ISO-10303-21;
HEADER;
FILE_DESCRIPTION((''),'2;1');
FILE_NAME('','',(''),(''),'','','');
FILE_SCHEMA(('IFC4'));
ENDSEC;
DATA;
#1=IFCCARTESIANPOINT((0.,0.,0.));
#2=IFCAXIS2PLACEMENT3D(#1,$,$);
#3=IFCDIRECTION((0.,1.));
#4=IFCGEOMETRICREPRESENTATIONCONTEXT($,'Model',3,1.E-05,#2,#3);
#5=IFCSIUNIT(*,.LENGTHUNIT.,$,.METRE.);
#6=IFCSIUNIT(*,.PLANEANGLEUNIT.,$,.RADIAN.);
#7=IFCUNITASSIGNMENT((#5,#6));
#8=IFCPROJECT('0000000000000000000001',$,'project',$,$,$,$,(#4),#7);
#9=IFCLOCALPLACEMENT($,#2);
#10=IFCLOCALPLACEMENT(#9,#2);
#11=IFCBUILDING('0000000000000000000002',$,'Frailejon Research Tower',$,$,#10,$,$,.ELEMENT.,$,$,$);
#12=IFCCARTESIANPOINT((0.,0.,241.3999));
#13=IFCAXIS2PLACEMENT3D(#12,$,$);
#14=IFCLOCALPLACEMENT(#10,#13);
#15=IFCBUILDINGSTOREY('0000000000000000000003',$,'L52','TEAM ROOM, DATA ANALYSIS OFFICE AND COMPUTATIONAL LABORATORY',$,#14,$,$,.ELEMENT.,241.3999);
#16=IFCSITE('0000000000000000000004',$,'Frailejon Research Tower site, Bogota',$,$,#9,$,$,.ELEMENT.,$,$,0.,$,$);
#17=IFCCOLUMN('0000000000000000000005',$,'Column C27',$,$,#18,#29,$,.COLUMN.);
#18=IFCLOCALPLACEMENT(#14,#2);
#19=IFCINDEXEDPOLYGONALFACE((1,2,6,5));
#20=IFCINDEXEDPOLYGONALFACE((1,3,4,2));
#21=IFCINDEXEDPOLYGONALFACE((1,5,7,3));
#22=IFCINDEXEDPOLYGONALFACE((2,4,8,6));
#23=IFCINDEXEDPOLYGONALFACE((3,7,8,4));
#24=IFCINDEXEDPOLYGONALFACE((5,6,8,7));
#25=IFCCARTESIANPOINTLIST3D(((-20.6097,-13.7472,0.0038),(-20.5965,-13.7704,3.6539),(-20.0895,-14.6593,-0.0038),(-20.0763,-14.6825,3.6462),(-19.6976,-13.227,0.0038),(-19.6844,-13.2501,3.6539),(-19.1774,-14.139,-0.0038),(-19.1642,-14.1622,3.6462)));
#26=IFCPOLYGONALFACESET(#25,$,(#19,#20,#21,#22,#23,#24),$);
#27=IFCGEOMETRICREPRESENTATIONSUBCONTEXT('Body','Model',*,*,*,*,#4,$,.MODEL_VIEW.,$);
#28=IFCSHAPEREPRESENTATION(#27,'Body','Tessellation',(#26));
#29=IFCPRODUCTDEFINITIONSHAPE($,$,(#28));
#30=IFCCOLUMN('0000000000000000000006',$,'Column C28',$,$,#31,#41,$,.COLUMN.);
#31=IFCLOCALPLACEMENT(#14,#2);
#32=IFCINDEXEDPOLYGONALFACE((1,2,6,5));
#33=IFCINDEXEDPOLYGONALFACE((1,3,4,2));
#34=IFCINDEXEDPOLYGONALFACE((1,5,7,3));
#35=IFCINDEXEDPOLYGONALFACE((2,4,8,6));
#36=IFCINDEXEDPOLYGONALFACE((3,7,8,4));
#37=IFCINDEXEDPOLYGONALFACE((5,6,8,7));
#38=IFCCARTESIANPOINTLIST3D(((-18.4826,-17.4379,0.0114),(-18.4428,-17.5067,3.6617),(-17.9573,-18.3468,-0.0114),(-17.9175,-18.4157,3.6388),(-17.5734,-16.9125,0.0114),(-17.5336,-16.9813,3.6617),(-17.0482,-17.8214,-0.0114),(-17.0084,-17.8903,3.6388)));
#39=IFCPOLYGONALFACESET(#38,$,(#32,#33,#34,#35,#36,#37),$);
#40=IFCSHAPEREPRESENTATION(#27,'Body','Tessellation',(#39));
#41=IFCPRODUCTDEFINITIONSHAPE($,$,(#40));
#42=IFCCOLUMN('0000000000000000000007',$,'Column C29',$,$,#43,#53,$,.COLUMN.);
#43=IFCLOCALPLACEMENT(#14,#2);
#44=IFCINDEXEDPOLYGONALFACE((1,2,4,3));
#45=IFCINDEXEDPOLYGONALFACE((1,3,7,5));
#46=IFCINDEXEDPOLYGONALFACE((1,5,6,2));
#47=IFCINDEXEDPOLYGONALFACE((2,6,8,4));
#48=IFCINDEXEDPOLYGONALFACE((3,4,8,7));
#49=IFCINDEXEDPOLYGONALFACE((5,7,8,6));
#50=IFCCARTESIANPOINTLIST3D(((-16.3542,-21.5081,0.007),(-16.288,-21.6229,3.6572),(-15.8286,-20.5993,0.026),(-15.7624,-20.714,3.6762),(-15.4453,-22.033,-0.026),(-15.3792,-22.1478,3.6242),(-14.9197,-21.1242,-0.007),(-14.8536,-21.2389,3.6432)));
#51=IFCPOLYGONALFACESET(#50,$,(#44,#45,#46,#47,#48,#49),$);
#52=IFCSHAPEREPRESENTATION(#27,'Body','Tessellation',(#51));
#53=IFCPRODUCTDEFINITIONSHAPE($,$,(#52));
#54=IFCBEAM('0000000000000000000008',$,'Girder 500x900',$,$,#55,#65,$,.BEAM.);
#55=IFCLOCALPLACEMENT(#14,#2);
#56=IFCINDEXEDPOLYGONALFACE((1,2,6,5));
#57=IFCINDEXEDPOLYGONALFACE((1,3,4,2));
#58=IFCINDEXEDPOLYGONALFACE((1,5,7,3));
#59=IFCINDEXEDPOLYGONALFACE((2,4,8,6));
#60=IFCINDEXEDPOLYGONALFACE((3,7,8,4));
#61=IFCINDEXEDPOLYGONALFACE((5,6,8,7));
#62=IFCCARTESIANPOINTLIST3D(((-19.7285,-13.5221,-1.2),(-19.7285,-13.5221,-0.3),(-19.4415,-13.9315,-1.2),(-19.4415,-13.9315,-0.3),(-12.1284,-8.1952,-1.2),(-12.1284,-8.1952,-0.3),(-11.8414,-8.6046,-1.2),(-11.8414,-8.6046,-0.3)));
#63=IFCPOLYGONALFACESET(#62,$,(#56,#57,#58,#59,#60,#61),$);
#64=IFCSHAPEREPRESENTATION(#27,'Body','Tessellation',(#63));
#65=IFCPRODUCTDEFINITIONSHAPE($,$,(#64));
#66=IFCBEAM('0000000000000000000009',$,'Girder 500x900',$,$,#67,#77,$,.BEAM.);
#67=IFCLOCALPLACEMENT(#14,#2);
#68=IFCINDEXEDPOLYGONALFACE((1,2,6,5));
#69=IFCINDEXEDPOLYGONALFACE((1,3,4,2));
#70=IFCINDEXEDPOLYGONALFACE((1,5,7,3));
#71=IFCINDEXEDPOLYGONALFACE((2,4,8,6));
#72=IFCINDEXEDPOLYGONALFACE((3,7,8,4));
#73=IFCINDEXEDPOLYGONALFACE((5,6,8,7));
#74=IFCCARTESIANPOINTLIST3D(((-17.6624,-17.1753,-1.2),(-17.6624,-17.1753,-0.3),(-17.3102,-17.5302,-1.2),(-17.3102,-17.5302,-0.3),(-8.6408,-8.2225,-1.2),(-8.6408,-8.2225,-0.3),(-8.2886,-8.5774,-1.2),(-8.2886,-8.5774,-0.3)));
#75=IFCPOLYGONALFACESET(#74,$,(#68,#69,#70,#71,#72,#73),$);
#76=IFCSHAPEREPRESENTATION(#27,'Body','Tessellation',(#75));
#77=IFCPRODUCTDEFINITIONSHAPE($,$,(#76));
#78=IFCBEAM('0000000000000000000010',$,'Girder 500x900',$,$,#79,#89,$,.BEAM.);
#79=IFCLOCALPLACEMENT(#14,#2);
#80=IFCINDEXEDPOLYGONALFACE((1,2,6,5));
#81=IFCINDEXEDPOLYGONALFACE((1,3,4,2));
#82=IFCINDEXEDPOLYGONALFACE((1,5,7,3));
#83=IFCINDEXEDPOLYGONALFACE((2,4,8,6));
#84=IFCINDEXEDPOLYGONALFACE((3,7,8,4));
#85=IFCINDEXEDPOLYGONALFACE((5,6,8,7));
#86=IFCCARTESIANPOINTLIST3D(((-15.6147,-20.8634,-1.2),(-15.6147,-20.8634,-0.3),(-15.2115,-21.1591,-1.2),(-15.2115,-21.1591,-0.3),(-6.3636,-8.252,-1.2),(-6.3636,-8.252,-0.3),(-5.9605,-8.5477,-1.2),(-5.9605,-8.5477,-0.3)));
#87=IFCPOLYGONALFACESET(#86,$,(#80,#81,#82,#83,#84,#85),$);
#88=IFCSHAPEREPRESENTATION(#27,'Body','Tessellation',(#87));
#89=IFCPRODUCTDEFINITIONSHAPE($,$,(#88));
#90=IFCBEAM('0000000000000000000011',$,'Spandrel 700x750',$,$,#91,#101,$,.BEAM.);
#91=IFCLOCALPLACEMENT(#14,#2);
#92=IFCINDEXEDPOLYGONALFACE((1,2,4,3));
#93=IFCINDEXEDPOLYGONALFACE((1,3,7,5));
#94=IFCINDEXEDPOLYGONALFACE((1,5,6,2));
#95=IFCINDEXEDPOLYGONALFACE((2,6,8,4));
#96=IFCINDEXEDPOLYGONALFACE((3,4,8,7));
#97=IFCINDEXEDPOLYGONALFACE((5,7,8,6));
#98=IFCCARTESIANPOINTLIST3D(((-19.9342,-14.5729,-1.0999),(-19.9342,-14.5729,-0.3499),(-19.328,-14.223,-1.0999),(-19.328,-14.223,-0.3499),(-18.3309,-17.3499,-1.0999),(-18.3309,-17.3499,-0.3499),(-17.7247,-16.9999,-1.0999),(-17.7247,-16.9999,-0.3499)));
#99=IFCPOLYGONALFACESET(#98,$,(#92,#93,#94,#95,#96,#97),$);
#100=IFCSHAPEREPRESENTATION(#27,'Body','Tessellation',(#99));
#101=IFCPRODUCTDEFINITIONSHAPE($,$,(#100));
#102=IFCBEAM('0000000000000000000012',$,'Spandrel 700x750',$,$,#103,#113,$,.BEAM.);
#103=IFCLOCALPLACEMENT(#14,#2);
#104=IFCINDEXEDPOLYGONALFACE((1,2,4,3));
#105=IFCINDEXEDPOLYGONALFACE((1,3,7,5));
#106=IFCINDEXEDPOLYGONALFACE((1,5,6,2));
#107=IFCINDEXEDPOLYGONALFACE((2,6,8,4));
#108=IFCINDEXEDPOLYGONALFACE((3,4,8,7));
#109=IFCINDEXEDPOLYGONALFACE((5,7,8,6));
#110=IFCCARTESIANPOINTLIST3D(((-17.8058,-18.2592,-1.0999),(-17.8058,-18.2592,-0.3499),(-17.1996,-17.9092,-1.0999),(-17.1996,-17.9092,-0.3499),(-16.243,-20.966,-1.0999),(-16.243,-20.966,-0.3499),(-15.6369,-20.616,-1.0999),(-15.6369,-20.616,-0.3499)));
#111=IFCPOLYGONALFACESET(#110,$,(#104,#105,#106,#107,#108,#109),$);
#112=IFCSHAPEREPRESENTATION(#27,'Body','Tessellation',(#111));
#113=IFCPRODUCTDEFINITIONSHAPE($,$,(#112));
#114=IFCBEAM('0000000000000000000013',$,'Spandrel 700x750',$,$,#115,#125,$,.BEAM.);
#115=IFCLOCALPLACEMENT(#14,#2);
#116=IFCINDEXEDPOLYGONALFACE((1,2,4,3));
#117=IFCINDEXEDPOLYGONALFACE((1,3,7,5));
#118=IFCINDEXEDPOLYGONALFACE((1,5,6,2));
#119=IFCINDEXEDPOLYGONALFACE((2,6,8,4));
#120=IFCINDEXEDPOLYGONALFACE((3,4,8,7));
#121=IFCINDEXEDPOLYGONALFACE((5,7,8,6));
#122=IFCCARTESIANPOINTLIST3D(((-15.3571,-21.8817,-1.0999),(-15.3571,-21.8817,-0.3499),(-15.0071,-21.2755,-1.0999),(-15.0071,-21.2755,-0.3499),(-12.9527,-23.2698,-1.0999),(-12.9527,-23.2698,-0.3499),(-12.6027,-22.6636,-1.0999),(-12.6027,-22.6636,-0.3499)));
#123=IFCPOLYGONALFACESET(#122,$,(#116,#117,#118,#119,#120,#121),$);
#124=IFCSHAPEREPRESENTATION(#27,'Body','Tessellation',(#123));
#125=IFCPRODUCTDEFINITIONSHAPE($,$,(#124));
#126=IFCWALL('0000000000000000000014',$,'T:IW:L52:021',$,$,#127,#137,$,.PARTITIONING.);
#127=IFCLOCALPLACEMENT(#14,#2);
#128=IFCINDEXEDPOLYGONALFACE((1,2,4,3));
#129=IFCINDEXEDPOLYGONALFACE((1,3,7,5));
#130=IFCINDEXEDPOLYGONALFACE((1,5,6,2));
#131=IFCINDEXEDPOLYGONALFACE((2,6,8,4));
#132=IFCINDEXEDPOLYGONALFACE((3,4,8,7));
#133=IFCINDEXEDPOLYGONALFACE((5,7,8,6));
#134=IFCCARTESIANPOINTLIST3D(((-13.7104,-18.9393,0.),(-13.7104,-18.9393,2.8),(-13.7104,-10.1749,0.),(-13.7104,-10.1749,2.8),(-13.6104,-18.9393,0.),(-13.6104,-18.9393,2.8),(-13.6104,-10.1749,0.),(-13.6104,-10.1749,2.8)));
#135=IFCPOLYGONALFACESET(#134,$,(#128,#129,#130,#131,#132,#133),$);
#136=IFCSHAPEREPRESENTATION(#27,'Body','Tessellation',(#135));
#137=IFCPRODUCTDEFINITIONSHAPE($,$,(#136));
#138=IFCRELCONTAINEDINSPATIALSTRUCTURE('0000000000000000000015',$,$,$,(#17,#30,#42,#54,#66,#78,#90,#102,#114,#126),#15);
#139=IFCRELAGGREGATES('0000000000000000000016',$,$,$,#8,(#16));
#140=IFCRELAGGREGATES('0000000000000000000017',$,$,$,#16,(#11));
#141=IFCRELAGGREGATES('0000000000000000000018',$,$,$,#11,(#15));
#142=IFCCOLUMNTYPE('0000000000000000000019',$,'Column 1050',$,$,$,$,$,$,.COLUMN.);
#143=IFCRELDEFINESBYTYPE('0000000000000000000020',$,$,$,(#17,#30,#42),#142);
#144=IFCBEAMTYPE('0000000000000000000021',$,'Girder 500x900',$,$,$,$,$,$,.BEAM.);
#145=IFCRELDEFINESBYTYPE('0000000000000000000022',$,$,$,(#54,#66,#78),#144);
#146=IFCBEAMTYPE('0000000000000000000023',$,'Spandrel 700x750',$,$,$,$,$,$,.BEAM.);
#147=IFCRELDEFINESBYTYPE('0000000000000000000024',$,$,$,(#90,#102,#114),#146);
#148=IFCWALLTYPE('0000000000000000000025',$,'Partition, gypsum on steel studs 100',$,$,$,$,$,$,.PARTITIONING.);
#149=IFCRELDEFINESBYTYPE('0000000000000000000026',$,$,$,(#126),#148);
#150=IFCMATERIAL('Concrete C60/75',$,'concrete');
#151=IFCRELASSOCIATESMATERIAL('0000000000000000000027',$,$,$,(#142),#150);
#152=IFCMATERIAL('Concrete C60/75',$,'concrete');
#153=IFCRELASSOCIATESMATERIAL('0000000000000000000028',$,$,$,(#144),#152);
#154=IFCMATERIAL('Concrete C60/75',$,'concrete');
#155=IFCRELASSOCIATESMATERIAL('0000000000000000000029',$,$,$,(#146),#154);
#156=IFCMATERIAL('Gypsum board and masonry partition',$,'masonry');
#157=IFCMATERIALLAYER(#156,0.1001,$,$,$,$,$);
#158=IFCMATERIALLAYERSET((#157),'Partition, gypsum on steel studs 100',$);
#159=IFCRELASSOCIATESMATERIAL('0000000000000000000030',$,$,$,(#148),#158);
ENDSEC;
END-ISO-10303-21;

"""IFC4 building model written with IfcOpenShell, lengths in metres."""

from ifc_helpers import new_model, si_unit, direction, frame, frame_2d, origin, origin_2d, place, context, subcontext, project, spatial, rectangle, extrude, material, layer, layer_set, material_profile, profile_set, type_object, element, save


model = new_model("IFC4")

# Units and contexts
model_context = context("Model", 3, precision=1e-05, world=origin(), true_north=direction((0.0, 1.0)))
body_context = subcontext(model_context, "Body", "Model", "MODEL_VIEW")
ifc_project = project(units=[si_unit("LENGTHUNIT", "METRE"), si_unit("PLANEANGLEUNIT", "RADIAN")], contexts=[model_context])

# Site, building, storey
site_placement = place(None, origin())
site = spatial("IfcSite", under=ifc_project, at=site_placement, Name="Frailejon Research Tower site, Bogota", CompositionType="ELEMENT", RefElevation=0.0)
building_placement = place(site_placement, origin())
building = spatial("IfcBuilding", under=site, at=building_placement, Name="Frailejon Research Tower", CompositionType="ELEMENT")
storey_placement = place(building_placement, frame((0.0, 0.0, 241.3999)))
storey = spatial("IfcBuildingStorey", under=building, at=storey_placement, Name="L52", Description="TEAM ROOM, DATA ANALYSIS OFFICE AND COMPUTATIONAL LABORATORY", CompositionType="ELEMENT", Elevation=241.3999)

# Columns
ifc_material_1 = material(Name="Concrete C60/75", Category="concrete")
ifc_material_profile_1 = material_profile(ifc_material_1, rectangle(XDim=1.05, YDim=1.05, at=origin_2d()), Name="Column 1050")
ifc_profile_set_1 = profile_set([ifc_material_profile_1], Name="Concrete C60/75")
column_type = type_object("IfcColumnType", Name="Column 1050", PredefinedType="COLUMN", material=ifc_profile_set_1)
column_1_placement = place(storey_placement, frame((-19.8936, -13.9431, 0.0), z_axis=(0.003612, -0.006354, 0.999973), x_axis=(0.495427, -0.868619, -0.007309)))
element("IfcColumn", 1, at=column_1_placement, inside=storey, type_object=column_type, Name="Column C27", PredefinedType="COLUMN", context=body_context, shape_type="SweptSolid", body=[
    extrude(rectangle(XDim=1.05, YDim=1.05, at=origin_2d()), origin(), (0.0, 0.0, 1.0), 3.6501),
])
column_2_placement = place(storey_placement, frame((-17.7654, -17.6296, 0.0), z_axis=(0.0109, -0.018857, 0.999763), x_axis=(0.500226, -0.865621, -0.021781)))
element("IfcColumn", 2, at=column_2_placement, inside=storey, type_object=column_type, Name="Column C28", PredefinedType="COLUMN", context=body_context, shape_type="SweptSolid", body=[
    extrude(rectangle(XDim=1.05, YDim=1.05, at=origin_2d()), origin(), (0.0, 0.0, 1.0), 3.6511),
])
column_3_placement = place(storey_placement, frame((-15.637, -21.3162, 0.0), z_axis=(0.018114, -0.031415, 0.999342), x_axis=(0.86552, -0.499889, -0.031403)))
element("IfcColumn", 3, at=column_3_placement, inside=storey, type_object=column_type, Name="Column C29", PredefinedType="COLUMN", context=body_context, shape_type="SweptSolid", body=[
    extrude(rectangle(XDim=1.05, YDim=1.05, at=origin_2d()), origin(), (0.0, 0.0, 1.0), 3.6526),
])

# Beams
ifc_material_2 = material(Name="Concrete C60/75", Category="concrete")
ifc_material_profile_2 = material_profile(ifc_material_2, rectangle(XDim=0.5, YDim=0.8999, at=origin_2d()), Name="Girder 500x900")
ifc_profile_set_2 = profile_set([ifc_material_profile_2], Name="Concrete C60/75")
beam_type_1 = type_object("IfcBeamType", Name="Girder 500x900", PredefinedType="BEAM", material=ifc_profile_set_2)
beam_1_placement = place(storey_placement, frame((-19.585, -13.7268, -0.75), z_axis=(0.818886, 0.573957, 0.0), x_axis=(-0.573957, 0.818886, 0.0)))
element("IfcBeam", 4, at=beam_1_placement, inside=storey, type_object=beam_type_1, Name="Girder 500x900", PredefinedType="BEAM", context=body_context, shape_type="SweptSolid", body=[
    extrude(rectangle(XDim=0.5, YDim=0.8999, at=origin_2d()), origin(), (0.0, 0.0, 1.0), 9.281),
])
beam_2_placement = place(storey_placement, frame((-17.4863, -17.3528, -0.75), z_axis=(0.70981, 0.704393, 0.0), x_axis=(-0.704393, 0.70981, 0.0)))
element("IfcBeam", 5, at=beam_2_placement, inside=storey, type_object=beam_type_1, Name="Girder 500x900", PredefinedType="BEAM", context=body_context, shape_type="SweptSolid", body=[
    extrude(rectangle(XDim=0.5, YDim=0.8999, at=origin_2d()), origin(), (0.0, 0.0, 1.0), 12.71),
])
beam_3_placement = place(storey_placement, frame((-15.4131, -21.0112, -0.75), z_axis=(0.591475, 0.806324, 0.0), x_axis=(-0.806324, 0.591475, 0.0)))
element("IfcBeam", 6, at=beam_3_placement, inside=storey, type_object=beam_type_1, Name="Girder 500x900", PredefinedType="BEAM", context=body_context, shape_type="SweptSolid", body=[
    extrude(rectangle(XDim=0.5, YDim=0.8999, at=origin_2d()), origin(), (0.0, 0.0, 1.0), 15.6406),
])
ifc_material_3 = material(Name="Concrete C60/75", Category="concrete")
ifc_material_profile_3 = material_profile(ifc_material_3, rectangle(XDim=0.7, YDim=0.75, at=origin_2d()), Name="Spandrel 700x750")
ifc_profile_set_3 = profile_set([ifc_material_profile_3], Name="Concrete C60/75")
beam_type_2 = type_object("IfcBeamType", Name="Spandrel 700x750", PredefinedType="BEAM", material=ifc_profile_set_3)
beam_4_placement = place(storey_placement, frame((-19.6311, -14.3979, -0.7249), z_axis=(0.500012, -0.866018, 0.0), x_axis=(0.866018, 0.500012, 0.0)))
element("IfcBeam", 7, at=beam_4_placement, inside=storey, type_object=beam_type_2, Name="Spandrel 700x750", PredefinedType="BEAM", context=body_context, shape_type="SweptSolid", body=[
    extrude(rectangle(XDim=0.7, YDim=0.75, at=origin_2d()), origin(), (0.0, 0.0, 1.0), 3.2065),
])
beam_5_placement = place(storey_placement, frame((-17.5027, -18.0842, -0.7249), z_axis=(0.499995, -0.866028, 0.0), x_axis=(0.866028, 0.499995, 0.0)))
element("IfcBeam", 8, at=beam_5_placement, inside=storey, type_object=beam_type_2, Name="Spandrel 700x750", PredefinedType="BEAM", context=body_context, shape_type="SweptSolid", body=[
    extrude(rectangle(XDim=0.7, YDim=0.75, at=origin_2d()), origin(), (0.0, 0.0, 1.0), 3.1255),
])
beam_6_placement = place(storey_placement, frame((-15.1821, -21.5786, -0.7249), z_axis=(0.866038, -0.499979, 0.0), x_axis=(0.499979, 0.866038, 0.0)))
element("IfcBeam", 9, at=beam_6_placement, inside=storey, type_object=beam_type_2, Name="Spandrel 700x750", PredefinedType="BEAM", context=body_context, shape_type="SweptSolid", body=[
    extrude(rectangle(XDim=0.7, YDim=0.75, at=origin_2d()), origin(), (0.0, 0.0, 1.0), 2.7764),
])

# Wall
ifc_material_4 = material(Name="Gypsum board and masonry partition", Category="masonry")
ifc_layer_1 = layer(ifc_material_4, 0.1001)
ifc_layer_set_1 = layer_set([ifc_layer_1], Name="Partition, gypsum on steel studs 100")
wall_type_1 = type_object("IfcWallType", Name="Partition, gypsum on steel studs 100", PredefinedType="PARTITIONING", material=ifc_layer_set_1)
wall_1_placement = place(storey_placement, frame((-13.6604, -18.9395, 0.0), z_axis=(0.0, 0.0, 1.0), x_axis=(0.0, 1.0, 0.0)))
element("IfcWall", 10, at=wall_1_placement, inside=storey, type_object=wall_type_1, Name="T:IW:L52:021", PredefinedType="PARTITIONING", context=body_context, shape_type="SweptSolid", body=[
    extrude(rectangle(XDim=8.7644, YDim=0.1001, at=frame_2d((4.3823, 0.0))), origin(), (0.0, 0.0, 1.0), 2.8),
])

save(model, "model.ifc")
